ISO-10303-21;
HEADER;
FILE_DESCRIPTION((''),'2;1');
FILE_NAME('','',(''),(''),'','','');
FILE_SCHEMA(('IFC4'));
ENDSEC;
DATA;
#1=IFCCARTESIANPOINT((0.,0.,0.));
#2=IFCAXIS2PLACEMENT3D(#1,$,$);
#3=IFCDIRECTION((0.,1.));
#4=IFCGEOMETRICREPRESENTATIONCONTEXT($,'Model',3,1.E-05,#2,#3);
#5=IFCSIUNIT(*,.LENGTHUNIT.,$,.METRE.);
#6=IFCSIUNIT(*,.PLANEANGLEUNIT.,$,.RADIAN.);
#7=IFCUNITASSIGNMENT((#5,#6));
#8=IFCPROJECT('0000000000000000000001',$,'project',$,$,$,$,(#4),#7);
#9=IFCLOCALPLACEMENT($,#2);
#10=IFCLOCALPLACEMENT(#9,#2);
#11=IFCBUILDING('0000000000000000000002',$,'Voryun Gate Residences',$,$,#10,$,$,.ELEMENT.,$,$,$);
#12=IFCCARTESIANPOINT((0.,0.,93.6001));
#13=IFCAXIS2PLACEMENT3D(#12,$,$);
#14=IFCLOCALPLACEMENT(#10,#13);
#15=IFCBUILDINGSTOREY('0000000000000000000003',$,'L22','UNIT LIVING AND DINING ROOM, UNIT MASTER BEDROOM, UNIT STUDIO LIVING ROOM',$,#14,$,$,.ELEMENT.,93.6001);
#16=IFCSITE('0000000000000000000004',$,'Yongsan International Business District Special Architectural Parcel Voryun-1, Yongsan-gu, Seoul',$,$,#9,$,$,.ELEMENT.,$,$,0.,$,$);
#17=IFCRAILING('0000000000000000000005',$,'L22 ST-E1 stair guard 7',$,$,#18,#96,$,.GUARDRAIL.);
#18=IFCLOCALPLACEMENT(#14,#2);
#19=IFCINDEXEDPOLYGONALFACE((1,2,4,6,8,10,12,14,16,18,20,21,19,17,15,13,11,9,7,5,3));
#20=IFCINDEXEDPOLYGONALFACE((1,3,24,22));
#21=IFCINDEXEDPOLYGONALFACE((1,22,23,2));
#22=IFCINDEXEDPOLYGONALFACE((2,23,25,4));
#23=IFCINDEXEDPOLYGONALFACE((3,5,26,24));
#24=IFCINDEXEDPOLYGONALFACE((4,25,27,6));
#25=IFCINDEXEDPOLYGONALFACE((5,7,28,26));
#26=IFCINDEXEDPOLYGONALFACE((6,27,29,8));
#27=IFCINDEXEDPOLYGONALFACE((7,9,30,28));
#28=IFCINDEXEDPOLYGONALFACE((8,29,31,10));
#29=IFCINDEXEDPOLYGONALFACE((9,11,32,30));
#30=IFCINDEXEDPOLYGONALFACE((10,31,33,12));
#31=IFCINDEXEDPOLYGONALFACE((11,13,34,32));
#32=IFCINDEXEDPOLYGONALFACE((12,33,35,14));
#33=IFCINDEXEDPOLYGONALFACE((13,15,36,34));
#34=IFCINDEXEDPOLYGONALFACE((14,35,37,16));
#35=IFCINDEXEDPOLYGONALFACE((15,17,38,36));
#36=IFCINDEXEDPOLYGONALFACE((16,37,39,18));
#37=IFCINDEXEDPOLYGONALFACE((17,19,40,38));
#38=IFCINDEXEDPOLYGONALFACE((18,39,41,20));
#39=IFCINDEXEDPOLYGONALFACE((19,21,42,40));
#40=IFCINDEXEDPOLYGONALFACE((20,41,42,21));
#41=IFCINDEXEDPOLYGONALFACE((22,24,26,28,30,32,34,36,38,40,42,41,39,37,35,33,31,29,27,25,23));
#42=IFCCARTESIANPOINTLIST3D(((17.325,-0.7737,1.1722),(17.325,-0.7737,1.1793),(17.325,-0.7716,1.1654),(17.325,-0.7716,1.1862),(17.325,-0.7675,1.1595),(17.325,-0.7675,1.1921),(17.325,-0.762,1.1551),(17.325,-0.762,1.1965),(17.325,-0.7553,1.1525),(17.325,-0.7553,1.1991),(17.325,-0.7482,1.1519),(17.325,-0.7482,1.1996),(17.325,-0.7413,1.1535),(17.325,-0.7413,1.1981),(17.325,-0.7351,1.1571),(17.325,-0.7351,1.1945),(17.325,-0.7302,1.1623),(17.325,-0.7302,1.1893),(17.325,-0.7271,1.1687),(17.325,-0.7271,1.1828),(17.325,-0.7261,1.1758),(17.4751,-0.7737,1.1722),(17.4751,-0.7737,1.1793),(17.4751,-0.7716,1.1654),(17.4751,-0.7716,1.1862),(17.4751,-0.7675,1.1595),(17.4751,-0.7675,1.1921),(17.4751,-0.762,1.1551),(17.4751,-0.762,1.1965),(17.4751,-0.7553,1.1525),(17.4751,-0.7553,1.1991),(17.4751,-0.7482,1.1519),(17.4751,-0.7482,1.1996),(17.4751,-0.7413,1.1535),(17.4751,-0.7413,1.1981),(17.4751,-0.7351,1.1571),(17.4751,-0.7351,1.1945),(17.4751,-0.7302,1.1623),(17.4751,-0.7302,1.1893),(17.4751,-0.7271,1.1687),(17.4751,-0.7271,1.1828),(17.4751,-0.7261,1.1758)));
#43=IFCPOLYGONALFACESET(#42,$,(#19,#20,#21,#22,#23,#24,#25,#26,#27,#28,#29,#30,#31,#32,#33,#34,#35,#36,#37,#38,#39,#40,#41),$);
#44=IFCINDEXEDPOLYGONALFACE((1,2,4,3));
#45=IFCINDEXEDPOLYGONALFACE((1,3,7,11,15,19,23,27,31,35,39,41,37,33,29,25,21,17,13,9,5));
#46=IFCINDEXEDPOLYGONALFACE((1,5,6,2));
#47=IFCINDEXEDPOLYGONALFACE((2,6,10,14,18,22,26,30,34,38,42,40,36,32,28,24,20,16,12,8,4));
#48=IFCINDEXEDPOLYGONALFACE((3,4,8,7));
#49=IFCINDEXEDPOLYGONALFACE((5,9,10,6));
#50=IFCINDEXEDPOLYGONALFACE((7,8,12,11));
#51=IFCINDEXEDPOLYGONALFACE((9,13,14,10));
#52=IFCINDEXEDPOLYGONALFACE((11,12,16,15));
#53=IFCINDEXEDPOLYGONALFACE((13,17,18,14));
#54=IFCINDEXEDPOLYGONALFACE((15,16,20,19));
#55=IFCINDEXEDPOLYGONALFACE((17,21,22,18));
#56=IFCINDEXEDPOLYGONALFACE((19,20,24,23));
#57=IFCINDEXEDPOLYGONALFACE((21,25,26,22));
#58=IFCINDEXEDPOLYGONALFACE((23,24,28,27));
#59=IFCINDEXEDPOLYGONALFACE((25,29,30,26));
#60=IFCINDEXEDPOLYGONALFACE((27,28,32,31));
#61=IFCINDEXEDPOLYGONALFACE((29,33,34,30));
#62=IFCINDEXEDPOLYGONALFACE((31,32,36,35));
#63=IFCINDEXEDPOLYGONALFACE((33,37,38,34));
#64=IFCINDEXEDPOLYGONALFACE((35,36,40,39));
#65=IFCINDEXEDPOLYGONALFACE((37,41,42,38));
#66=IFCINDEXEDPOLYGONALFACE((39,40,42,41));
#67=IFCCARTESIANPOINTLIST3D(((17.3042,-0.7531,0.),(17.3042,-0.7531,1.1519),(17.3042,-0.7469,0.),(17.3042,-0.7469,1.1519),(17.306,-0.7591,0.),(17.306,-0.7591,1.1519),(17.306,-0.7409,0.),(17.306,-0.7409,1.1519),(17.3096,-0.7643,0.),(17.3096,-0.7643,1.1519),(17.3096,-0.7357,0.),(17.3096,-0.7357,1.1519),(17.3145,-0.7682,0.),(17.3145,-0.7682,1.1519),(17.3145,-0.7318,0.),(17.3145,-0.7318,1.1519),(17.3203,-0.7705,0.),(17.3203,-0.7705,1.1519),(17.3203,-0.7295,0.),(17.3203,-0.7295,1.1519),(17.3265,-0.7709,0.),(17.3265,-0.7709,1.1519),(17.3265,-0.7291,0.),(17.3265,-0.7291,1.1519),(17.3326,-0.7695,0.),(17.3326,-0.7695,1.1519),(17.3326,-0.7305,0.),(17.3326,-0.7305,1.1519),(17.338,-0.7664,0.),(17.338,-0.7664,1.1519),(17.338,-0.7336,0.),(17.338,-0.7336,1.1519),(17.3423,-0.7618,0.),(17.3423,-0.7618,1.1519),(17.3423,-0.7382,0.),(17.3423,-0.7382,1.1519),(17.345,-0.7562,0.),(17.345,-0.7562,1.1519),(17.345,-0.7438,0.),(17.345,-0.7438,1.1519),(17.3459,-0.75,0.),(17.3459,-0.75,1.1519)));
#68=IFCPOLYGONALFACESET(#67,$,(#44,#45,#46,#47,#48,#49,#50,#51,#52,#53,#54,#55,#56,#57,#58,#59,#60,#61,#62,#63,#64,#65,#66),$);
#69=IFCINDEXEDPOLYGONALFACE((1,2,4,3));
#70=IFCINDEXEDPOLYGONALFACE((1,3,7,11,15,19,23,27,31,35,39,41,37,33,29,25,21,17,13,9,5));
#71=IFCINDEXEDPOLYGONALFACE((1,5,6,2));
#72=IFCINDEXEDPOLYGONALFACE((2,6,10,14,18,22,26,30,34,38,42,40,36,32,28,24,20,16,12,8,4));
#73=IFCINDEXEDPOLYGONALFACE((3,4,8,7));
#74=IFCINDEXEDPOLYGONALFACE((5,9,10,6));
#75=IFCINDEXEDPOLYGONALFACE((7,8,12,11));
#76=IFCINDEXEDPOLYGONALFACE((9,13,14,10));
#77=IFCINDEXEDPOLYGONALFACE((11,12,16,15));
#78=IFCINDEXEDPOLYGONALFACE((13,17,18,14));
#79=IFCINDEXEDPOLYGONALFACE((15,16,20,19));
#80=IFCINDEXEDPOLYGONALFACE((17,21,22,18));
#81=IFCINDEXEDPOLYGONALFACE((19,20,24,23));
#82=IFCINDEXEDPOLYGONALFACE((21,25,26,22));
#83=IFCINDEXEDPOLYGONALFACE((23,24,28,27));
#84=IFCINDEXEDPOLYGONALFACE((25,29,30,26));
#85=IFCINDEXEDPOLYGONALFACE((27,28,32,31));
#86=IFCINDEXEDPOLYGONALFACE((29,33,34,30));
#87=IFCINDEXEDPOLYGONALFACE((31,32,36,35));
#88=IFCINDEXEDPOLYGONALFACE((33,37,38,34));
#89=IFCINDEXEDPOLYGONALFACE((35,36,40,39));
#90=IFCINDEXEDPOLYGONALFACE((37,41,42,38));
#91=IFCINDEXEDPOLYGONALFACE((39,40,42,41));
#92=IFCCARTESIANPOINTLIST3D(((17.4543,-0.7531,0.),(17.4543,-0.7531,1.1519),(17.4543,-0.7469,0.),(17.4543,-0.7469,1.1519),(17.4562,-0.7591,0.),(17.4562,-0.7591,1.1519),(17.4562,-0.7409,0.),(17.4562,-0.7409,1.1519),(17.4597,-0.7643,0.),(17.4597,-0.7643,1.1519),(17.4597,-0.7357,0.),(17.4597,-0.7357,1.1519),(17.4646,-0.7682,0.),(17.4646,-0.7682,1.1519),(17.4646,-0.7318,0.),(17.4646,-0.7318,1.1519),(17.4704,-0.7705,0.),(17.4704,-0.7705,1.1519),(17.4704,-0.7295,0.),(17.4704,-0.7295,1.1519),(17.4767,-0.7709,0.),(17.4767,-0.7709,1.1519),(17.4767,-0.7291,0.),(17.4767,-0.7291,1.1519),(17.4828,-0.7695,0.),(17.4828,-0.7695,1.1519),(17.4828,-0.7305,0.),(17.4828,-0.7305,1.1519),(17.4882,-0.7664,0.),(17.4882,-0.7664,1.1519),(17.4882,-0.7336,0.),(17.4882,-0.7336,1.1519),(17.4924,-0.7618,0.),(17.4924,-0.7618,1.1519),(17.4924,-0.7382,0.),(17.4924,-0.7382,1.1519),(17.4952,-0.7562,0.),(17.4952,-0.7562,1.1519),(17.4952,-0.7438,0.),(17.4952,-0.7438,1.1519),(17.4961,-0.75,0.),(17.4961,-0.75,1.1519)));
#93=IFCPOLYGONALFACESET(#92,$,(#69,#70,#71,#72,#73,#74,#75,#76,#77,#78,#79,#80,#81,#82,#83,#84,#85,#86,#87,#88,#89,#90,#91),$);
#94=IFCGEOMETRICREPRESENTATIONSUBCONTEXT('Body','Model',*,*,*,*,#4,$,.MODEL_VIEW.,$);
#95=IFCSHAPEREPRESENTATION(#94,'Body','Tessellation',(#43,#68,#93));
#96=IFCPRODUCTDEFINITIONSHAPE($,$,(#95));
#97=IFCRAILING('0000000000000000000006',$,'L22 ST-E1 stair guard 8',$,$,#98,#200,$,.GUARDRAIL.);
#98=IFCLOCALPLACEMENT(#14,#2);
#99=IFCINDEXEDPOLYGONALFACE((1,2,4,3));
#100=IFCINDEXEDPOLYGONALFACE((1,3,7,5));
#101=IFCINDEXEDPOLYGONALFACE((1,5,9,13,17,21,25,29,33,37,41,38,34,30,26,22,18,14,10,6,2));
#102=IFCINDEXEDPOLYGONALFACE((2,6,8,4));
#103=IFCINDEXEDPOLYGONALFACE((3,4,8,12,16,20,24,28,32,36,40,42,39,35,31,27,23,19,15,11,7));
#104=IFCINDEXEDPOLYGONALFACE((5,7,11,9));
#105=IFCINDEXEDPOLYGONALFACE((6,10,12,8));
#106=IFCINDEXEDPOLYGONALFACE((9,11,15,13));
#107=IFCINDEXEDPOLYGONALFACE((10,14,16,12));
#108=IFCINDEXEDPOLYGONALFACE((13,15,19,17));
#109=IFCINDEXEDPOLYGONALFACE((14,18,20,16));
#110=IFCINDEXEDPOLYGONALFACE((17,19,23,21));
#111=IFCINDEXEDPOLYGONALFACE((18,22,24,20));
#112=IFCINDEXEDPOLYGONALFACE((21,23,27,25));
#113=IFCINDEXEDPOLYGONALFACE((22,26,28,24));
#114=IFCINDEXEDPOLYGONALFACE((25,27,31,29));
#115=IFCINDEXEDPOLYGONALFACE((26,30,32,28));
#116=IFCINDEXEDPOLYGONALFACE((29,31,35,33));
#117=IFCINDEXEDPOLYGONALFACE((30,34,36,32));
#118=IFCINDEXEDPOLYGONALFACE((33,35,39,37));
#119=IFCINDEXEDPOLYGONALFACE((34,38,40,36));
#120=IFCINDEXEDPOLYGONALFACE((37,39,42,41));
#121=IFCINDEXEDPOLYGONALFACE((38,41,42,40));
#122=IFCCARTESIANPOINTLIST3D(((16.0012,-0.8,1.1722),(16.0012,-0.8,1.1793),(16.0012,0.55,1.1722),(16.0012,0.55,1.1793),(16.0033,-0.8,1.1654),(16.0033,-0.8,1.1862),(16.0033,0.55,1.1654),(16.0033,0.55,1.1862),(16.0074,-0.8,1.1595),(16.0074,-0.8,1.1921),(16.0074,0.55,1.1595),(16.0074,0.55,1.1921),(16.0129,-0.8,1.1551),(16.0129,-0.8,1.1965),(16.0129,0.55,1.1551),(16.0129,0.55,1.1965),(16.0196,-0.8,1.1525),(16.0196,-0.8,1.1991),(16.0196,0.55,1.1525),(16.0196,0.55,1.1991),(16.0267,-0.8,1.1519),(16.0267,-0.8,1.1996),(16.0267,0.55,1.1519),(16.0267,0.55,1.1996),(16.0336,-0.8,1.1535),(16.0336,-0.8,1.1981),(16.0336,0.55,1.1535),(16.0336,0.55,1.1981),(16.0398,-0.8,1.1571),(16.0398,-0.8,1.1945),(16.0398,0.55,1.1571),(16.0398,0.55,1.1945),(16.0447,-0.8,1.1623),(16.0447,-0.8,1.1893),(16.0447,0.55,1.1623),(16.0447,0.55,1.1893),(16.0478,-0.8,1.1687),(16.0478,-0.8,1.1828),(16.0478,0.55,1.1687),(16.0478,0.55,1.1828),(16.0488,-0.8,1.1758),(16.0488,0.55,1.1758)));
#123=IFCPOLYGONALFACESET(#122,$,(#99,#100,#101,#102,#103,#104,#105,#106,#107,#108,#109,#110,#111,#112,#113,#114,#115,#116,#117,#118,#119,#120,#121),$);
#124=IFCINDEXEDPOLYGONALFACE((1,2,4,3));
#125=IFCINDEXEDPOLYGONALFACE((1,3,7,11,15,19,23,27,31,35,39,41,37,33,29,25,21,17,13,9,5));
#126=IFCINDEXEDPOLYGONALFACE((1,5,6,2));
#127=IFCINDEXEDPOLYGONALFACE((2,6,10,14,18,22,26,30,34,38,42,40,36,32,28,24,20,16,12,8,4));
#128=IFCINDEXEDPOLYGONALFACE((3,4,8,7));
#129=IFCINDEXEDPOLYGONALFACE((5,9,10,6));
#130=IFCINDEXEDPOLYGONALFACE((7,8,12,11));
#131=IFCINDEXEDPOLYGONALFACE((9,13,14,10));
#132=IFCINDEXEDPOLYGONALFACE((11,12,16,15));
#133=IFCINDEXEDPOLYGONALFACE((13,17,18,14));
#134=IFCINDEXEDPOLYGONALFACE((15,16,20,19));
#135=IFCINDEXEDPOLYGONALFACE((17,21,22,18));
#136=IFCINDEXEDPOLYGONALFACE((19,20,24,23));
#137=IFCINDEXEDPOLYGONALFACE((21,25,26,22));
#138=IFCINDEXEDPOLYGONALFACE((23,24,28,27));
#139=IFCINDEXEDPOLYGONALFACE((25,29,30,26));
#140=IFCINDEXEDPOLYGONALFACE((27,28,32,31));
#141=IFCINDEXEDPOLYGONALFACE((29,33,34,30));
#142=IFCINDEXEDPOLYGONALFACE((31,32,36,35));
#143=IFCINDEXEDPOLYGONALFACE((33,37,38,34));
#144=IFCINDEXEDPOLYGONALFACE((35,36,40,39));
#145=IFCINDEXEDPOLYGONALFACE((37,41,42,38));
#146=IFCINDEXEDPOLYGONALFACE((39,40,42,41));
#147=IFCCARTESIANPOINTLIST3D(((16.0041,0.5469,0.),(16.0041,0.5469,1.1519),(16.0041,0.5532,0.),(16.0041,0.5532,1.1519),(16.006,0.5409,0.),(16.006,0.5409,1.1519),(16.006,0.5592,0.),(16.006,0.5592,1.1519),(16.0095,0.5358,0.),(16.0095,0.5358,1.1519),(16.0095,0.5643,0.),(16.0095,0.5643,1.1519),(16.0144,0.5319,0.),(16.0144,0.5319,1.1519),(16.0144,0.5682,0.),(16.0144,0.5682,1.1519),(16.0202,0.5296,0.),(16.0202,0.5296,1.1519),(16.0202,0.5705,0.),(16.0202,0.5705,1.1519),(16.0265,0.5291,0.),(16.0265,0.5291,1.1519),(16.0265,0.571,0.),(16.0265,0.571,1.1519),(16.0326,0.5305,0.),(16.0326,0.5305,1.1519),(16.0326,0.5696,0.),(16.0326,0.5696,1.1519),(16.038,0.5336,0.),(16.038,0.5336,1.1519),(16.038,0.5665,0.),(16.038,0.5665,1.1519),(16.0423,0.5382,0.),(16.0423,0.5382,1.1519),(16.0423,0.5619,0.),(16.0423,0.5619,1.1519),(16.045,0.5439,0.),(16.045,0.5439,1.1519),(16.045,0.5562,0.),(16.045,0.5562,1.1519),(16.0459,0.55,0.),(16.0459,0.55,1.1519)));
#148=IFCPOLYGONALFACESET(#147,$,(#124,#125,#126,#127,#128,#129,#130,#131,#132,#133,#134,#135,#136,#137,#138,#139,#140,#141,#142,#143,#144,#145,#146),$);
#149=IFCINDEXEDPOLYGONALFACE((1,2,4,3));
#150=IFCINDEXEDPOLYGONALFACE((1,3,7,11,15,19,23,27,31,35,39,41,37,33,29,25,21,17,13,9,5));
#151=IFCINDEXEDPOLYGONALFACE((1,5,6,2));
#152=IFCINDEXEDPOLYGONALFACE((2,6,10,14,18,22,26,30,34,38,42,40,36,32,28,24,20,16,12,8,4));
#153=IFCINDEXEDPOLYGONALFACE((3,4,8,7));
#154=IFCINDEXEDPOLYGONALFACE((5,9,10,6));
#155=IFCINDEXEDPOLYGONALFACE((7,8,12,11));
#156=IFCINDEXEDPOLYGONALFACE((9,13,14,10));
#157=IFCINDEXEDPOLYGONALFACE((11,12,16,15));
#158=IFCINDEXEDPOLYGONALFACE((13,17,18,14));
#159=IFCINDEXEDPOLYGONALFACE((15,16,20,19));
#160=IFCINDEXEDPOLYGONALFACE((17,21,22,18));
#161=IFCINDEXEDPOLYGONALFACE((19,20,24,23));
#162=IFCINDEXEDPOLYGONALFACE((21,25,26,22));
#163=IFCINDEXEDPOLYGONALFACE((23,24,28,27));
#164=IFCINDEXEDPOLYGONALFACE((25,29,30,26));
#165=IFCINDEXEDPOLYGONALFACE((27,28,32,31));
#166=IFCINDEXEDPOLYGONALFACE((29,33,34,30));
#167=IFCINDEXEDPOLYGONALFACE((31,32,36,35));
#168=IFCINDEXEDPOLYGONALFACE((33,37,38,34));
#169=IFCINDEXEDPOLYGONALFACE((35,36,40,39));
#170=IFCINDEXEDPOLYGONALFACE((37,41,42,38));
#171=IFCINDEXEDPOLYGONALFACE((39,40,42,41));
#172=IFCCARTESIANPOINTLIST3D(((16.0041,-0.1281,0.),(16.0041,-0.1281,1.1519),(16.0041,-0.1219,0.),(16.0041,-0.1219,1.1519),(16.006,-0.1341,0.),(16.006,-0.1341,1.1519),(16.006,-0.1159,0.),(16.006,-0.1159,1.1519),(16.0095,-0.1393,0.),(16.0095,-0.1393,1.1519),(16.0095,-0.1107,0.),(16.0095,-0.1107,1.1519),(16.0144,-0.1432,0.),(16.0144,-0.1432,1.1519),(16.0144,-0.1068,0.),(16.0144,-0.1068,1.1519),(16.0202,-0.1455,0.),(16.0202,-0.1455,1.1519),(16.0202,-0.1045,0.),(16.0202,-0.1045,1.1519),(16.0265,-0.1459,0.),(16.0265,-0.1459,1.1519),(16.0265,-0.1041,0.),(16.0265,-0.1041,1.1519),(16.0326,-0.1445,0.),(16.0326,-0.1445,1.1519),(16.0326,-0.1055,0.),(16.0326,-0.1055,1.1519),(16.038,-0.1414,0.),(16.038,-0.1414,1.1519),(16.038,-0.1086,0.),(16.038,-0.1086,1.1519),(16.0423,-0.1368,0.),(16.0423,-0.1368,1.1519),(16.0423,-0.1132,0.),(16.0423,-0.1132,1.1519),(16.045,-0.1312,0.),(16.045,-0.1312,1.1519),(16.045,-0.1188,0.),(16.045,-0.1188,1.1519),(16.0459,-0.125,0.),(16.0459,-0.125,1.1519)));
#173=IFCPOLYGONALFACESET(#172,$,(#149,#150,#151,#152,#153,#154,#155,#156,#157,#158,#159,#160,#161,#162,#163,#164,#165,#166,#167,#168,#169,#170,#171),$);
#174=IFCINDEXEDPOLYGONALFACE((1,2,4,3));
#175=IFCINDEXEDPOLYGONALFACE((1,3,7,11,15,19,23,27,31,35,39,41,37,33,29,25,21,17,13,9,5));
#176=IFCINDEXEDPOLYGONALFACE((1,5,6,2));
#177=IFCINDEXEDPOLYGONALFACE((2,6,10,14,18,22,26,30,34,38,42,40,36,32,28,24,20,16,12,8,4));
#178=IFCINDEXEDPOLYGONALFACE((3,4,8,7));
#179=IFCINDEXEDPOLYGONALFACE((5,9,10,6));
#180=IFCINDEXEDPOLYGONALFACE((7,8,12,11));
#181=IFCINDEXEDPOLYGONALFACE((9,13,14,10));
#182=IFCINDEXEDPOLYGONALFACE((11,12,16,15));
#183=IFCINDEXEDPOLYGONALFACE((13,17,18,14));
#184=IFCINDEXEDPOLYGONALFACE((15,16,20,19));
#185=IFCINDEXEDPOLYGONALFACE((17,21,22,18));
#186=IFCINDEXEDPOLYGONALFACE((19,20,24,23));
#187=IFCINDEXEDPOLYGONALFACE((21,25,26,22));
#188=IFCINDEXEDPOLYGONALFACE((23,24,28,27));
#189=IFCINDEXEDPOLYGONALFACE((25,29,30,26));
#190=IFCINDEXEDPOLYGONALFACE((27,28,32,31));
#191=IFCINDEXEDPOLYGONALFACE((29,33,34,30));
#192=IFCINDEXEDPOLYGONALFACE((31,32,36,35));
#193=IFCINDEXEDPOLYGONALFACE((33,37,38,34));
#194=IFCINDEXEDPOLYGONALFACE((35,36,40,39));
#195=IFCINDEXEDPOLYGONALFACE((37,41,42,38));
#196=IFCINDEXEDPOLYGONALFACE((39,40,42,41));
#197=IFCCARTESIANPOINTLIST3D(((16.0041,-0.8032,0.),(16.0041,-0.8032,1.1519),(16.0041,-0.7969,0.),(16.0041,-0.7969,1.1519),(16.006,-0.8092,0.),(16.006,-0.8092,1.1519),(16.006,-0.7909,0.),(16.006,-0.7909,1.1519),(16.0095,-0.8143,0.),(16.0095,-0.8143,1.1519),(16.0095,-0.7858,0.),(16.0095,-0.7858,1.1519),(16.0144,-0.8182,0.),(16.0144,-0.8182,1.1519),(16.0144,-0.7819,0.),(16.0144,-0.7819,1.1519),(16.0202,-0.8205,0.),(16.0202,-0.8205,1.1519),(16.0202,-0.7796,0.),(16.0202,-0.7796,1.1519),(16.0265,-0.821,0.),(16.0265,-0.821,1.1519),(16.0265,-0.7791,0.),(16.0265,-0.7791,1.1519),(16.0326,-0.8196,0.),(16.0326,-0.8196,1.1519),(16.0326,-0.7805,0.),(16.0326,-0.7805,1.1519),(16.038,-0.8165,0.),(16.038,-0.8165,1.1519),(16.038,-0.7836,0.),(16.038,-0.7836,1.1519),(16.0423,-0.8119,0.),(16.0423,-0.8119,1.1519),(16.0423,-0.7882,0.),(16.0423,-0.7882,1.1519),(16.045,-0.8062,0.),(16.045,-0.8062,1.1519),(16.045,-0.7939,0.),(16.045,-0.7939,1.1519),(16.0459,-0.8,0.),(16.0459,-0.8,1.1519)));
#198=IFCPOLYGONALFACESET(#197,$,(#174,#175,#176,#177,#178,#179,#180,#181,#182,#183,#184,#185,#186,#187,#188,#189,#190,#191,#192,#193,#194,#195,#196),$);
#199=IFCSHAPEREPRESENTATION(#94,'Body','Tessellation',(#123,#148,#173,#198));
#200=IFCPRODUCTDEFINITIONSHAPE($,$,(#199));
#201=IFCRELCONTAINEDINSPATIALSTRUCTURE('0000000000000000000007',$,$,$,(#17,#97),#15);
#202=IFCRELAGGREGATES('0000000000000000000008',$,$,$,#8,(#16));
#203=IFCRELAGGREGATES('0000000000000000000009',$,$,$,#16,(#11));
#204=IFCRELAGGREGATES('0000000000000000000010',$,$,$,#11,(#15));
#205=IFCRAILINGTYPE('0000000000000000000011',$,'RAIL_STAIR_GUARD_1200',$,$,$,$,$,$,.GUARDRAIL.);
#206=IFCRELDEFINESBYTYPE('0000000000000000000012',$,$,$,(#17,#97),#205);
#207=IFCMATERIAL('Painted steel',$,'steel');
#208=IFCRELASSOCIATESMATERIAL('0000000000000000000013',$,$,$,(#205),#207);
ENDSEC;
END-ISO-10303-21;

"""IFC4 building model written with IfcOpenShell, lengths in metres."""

from ifc_helpers import new_model, si_unit, direction, frame, origin, origin_2d, place, context, subcontext, project, spatial, circle, extrude, material, type_object, element, save


model = new_model("IFC4")

# Units and contexts
model_context = context("Model", 3, precision=1e-05, world=origin(), true_north=direction((0.0, 1.0)))
body_context = subcontext(model_context, "Body", "Model", "MODEL_VIEW")
ifc_project = project(units=[si_unit("LENGTHUNIT", "METRE"), si_unit("PLANEANGLEUNIT", "RADIAN")], contexts=[model_context])

# Site, building, storey
site_placement = place(None, origin())
site = spatial("IfcSite", under=ifc_project, at=site_placement, Name="Yongsan International Business District Special Architectural Parcel Voryun-1, Yongsan-gu, Seoul", CompositionType="ELEMENT", RefElevation=0.0)
building_placement = place(site_placement, origin())
building = spatial("IfcBuilding", under=site, at=building_placement, Name="Voryun Gate Residences", CompositionType="ELEMENT")
storey_placement = place(building_placement, frame((0.0, 0.0, 93.6001)))
storey = spatial("IfcBuildingStorey", under=building, at=storey_placement, Name="L22", Description="UNIT LIVING AND DINING ROOM, UNIT MASTER BEDROOM, UNIT STUDIO LIVING ROOM", CompositionType="ELEMENT", Elevation=93.6001)

# Railings
ifc_material_1 = material(Name="Painted steel", Category="steel")
railing_type_1 = type_object("IfcRailingType", Name="RAIL_STAIR_GUARD_1200", PredefinedType="GUARDRAIL", material=ifc_material_1)
railing_1_placement = place(storey_placement, frame((17.325, -0.75, 0.0)))
element("IfcRailing", 1, at=railing_1_placement, inside=storey, type_object=railing_type_1, Name="L22 ST-E1 stair guard 7", PredefinedType="GUARDRAIL", context=body_context, shape_type="SweptSolid", body=[
    extrude(circle(Radius=0.0239, at=origin_2d()), frame((0.0, 0.0, 1.1758), z_axis=(1.0, 0.0, 0.0), x_axis=(0.0, 1.0, 0.0)), (0.0, 0.0, 1.0), 0.1501),
    extrude(circle(Radius=0.021, at=origin_2d()), origin(), (0.0, 0.0, 1.0), 1.1519),
    extrude(circle(Radius=0.021, at=origin_2d()), frame((0.1501, 0.0, 0.0)), (0.0, 0.0, 1.0), 1.1519),
])
for number, where, name in (
    (2, (16.0249, 0.55, 0.0), "L22 ST-E1 stair guard 8"),
):
    element("IfcRailing", number, at=place(storey_placement, frame(where)), inside=storey, type_object=railing_type_1, Name=name, PredefinedType="GUARDRAIL", context=body_context, shape_type="SweptSolid", body=[
        extrude(circle(Radius=0.0239, at=origin_2d()), frame((0.0, 0.0, 1.1758), z_axis=(0.0, -1.0, 0.0), x_axis=(1.0, 0.0, 0.0)), (0.0, 0.0, 1.0), 1.3501),
        extrude(circle(Radius=0.021, at=origin_2d()), origin(), (0.0, 0.0, 1.0), 1.1519),
        extrude(circle(Radius=0.021, at=origin_2d()), frame((0.0, -0.675, 0.0)), (0.0, 0.0, 1.0), 1.1519),
        extrude(circle(Radius=0.021, at=origin_2d()), frame((0.0, -1.3501, 0.0)), (0.0, 0.0, 1.0), 1.1519),
    ])

save(model, "model.ifc")
